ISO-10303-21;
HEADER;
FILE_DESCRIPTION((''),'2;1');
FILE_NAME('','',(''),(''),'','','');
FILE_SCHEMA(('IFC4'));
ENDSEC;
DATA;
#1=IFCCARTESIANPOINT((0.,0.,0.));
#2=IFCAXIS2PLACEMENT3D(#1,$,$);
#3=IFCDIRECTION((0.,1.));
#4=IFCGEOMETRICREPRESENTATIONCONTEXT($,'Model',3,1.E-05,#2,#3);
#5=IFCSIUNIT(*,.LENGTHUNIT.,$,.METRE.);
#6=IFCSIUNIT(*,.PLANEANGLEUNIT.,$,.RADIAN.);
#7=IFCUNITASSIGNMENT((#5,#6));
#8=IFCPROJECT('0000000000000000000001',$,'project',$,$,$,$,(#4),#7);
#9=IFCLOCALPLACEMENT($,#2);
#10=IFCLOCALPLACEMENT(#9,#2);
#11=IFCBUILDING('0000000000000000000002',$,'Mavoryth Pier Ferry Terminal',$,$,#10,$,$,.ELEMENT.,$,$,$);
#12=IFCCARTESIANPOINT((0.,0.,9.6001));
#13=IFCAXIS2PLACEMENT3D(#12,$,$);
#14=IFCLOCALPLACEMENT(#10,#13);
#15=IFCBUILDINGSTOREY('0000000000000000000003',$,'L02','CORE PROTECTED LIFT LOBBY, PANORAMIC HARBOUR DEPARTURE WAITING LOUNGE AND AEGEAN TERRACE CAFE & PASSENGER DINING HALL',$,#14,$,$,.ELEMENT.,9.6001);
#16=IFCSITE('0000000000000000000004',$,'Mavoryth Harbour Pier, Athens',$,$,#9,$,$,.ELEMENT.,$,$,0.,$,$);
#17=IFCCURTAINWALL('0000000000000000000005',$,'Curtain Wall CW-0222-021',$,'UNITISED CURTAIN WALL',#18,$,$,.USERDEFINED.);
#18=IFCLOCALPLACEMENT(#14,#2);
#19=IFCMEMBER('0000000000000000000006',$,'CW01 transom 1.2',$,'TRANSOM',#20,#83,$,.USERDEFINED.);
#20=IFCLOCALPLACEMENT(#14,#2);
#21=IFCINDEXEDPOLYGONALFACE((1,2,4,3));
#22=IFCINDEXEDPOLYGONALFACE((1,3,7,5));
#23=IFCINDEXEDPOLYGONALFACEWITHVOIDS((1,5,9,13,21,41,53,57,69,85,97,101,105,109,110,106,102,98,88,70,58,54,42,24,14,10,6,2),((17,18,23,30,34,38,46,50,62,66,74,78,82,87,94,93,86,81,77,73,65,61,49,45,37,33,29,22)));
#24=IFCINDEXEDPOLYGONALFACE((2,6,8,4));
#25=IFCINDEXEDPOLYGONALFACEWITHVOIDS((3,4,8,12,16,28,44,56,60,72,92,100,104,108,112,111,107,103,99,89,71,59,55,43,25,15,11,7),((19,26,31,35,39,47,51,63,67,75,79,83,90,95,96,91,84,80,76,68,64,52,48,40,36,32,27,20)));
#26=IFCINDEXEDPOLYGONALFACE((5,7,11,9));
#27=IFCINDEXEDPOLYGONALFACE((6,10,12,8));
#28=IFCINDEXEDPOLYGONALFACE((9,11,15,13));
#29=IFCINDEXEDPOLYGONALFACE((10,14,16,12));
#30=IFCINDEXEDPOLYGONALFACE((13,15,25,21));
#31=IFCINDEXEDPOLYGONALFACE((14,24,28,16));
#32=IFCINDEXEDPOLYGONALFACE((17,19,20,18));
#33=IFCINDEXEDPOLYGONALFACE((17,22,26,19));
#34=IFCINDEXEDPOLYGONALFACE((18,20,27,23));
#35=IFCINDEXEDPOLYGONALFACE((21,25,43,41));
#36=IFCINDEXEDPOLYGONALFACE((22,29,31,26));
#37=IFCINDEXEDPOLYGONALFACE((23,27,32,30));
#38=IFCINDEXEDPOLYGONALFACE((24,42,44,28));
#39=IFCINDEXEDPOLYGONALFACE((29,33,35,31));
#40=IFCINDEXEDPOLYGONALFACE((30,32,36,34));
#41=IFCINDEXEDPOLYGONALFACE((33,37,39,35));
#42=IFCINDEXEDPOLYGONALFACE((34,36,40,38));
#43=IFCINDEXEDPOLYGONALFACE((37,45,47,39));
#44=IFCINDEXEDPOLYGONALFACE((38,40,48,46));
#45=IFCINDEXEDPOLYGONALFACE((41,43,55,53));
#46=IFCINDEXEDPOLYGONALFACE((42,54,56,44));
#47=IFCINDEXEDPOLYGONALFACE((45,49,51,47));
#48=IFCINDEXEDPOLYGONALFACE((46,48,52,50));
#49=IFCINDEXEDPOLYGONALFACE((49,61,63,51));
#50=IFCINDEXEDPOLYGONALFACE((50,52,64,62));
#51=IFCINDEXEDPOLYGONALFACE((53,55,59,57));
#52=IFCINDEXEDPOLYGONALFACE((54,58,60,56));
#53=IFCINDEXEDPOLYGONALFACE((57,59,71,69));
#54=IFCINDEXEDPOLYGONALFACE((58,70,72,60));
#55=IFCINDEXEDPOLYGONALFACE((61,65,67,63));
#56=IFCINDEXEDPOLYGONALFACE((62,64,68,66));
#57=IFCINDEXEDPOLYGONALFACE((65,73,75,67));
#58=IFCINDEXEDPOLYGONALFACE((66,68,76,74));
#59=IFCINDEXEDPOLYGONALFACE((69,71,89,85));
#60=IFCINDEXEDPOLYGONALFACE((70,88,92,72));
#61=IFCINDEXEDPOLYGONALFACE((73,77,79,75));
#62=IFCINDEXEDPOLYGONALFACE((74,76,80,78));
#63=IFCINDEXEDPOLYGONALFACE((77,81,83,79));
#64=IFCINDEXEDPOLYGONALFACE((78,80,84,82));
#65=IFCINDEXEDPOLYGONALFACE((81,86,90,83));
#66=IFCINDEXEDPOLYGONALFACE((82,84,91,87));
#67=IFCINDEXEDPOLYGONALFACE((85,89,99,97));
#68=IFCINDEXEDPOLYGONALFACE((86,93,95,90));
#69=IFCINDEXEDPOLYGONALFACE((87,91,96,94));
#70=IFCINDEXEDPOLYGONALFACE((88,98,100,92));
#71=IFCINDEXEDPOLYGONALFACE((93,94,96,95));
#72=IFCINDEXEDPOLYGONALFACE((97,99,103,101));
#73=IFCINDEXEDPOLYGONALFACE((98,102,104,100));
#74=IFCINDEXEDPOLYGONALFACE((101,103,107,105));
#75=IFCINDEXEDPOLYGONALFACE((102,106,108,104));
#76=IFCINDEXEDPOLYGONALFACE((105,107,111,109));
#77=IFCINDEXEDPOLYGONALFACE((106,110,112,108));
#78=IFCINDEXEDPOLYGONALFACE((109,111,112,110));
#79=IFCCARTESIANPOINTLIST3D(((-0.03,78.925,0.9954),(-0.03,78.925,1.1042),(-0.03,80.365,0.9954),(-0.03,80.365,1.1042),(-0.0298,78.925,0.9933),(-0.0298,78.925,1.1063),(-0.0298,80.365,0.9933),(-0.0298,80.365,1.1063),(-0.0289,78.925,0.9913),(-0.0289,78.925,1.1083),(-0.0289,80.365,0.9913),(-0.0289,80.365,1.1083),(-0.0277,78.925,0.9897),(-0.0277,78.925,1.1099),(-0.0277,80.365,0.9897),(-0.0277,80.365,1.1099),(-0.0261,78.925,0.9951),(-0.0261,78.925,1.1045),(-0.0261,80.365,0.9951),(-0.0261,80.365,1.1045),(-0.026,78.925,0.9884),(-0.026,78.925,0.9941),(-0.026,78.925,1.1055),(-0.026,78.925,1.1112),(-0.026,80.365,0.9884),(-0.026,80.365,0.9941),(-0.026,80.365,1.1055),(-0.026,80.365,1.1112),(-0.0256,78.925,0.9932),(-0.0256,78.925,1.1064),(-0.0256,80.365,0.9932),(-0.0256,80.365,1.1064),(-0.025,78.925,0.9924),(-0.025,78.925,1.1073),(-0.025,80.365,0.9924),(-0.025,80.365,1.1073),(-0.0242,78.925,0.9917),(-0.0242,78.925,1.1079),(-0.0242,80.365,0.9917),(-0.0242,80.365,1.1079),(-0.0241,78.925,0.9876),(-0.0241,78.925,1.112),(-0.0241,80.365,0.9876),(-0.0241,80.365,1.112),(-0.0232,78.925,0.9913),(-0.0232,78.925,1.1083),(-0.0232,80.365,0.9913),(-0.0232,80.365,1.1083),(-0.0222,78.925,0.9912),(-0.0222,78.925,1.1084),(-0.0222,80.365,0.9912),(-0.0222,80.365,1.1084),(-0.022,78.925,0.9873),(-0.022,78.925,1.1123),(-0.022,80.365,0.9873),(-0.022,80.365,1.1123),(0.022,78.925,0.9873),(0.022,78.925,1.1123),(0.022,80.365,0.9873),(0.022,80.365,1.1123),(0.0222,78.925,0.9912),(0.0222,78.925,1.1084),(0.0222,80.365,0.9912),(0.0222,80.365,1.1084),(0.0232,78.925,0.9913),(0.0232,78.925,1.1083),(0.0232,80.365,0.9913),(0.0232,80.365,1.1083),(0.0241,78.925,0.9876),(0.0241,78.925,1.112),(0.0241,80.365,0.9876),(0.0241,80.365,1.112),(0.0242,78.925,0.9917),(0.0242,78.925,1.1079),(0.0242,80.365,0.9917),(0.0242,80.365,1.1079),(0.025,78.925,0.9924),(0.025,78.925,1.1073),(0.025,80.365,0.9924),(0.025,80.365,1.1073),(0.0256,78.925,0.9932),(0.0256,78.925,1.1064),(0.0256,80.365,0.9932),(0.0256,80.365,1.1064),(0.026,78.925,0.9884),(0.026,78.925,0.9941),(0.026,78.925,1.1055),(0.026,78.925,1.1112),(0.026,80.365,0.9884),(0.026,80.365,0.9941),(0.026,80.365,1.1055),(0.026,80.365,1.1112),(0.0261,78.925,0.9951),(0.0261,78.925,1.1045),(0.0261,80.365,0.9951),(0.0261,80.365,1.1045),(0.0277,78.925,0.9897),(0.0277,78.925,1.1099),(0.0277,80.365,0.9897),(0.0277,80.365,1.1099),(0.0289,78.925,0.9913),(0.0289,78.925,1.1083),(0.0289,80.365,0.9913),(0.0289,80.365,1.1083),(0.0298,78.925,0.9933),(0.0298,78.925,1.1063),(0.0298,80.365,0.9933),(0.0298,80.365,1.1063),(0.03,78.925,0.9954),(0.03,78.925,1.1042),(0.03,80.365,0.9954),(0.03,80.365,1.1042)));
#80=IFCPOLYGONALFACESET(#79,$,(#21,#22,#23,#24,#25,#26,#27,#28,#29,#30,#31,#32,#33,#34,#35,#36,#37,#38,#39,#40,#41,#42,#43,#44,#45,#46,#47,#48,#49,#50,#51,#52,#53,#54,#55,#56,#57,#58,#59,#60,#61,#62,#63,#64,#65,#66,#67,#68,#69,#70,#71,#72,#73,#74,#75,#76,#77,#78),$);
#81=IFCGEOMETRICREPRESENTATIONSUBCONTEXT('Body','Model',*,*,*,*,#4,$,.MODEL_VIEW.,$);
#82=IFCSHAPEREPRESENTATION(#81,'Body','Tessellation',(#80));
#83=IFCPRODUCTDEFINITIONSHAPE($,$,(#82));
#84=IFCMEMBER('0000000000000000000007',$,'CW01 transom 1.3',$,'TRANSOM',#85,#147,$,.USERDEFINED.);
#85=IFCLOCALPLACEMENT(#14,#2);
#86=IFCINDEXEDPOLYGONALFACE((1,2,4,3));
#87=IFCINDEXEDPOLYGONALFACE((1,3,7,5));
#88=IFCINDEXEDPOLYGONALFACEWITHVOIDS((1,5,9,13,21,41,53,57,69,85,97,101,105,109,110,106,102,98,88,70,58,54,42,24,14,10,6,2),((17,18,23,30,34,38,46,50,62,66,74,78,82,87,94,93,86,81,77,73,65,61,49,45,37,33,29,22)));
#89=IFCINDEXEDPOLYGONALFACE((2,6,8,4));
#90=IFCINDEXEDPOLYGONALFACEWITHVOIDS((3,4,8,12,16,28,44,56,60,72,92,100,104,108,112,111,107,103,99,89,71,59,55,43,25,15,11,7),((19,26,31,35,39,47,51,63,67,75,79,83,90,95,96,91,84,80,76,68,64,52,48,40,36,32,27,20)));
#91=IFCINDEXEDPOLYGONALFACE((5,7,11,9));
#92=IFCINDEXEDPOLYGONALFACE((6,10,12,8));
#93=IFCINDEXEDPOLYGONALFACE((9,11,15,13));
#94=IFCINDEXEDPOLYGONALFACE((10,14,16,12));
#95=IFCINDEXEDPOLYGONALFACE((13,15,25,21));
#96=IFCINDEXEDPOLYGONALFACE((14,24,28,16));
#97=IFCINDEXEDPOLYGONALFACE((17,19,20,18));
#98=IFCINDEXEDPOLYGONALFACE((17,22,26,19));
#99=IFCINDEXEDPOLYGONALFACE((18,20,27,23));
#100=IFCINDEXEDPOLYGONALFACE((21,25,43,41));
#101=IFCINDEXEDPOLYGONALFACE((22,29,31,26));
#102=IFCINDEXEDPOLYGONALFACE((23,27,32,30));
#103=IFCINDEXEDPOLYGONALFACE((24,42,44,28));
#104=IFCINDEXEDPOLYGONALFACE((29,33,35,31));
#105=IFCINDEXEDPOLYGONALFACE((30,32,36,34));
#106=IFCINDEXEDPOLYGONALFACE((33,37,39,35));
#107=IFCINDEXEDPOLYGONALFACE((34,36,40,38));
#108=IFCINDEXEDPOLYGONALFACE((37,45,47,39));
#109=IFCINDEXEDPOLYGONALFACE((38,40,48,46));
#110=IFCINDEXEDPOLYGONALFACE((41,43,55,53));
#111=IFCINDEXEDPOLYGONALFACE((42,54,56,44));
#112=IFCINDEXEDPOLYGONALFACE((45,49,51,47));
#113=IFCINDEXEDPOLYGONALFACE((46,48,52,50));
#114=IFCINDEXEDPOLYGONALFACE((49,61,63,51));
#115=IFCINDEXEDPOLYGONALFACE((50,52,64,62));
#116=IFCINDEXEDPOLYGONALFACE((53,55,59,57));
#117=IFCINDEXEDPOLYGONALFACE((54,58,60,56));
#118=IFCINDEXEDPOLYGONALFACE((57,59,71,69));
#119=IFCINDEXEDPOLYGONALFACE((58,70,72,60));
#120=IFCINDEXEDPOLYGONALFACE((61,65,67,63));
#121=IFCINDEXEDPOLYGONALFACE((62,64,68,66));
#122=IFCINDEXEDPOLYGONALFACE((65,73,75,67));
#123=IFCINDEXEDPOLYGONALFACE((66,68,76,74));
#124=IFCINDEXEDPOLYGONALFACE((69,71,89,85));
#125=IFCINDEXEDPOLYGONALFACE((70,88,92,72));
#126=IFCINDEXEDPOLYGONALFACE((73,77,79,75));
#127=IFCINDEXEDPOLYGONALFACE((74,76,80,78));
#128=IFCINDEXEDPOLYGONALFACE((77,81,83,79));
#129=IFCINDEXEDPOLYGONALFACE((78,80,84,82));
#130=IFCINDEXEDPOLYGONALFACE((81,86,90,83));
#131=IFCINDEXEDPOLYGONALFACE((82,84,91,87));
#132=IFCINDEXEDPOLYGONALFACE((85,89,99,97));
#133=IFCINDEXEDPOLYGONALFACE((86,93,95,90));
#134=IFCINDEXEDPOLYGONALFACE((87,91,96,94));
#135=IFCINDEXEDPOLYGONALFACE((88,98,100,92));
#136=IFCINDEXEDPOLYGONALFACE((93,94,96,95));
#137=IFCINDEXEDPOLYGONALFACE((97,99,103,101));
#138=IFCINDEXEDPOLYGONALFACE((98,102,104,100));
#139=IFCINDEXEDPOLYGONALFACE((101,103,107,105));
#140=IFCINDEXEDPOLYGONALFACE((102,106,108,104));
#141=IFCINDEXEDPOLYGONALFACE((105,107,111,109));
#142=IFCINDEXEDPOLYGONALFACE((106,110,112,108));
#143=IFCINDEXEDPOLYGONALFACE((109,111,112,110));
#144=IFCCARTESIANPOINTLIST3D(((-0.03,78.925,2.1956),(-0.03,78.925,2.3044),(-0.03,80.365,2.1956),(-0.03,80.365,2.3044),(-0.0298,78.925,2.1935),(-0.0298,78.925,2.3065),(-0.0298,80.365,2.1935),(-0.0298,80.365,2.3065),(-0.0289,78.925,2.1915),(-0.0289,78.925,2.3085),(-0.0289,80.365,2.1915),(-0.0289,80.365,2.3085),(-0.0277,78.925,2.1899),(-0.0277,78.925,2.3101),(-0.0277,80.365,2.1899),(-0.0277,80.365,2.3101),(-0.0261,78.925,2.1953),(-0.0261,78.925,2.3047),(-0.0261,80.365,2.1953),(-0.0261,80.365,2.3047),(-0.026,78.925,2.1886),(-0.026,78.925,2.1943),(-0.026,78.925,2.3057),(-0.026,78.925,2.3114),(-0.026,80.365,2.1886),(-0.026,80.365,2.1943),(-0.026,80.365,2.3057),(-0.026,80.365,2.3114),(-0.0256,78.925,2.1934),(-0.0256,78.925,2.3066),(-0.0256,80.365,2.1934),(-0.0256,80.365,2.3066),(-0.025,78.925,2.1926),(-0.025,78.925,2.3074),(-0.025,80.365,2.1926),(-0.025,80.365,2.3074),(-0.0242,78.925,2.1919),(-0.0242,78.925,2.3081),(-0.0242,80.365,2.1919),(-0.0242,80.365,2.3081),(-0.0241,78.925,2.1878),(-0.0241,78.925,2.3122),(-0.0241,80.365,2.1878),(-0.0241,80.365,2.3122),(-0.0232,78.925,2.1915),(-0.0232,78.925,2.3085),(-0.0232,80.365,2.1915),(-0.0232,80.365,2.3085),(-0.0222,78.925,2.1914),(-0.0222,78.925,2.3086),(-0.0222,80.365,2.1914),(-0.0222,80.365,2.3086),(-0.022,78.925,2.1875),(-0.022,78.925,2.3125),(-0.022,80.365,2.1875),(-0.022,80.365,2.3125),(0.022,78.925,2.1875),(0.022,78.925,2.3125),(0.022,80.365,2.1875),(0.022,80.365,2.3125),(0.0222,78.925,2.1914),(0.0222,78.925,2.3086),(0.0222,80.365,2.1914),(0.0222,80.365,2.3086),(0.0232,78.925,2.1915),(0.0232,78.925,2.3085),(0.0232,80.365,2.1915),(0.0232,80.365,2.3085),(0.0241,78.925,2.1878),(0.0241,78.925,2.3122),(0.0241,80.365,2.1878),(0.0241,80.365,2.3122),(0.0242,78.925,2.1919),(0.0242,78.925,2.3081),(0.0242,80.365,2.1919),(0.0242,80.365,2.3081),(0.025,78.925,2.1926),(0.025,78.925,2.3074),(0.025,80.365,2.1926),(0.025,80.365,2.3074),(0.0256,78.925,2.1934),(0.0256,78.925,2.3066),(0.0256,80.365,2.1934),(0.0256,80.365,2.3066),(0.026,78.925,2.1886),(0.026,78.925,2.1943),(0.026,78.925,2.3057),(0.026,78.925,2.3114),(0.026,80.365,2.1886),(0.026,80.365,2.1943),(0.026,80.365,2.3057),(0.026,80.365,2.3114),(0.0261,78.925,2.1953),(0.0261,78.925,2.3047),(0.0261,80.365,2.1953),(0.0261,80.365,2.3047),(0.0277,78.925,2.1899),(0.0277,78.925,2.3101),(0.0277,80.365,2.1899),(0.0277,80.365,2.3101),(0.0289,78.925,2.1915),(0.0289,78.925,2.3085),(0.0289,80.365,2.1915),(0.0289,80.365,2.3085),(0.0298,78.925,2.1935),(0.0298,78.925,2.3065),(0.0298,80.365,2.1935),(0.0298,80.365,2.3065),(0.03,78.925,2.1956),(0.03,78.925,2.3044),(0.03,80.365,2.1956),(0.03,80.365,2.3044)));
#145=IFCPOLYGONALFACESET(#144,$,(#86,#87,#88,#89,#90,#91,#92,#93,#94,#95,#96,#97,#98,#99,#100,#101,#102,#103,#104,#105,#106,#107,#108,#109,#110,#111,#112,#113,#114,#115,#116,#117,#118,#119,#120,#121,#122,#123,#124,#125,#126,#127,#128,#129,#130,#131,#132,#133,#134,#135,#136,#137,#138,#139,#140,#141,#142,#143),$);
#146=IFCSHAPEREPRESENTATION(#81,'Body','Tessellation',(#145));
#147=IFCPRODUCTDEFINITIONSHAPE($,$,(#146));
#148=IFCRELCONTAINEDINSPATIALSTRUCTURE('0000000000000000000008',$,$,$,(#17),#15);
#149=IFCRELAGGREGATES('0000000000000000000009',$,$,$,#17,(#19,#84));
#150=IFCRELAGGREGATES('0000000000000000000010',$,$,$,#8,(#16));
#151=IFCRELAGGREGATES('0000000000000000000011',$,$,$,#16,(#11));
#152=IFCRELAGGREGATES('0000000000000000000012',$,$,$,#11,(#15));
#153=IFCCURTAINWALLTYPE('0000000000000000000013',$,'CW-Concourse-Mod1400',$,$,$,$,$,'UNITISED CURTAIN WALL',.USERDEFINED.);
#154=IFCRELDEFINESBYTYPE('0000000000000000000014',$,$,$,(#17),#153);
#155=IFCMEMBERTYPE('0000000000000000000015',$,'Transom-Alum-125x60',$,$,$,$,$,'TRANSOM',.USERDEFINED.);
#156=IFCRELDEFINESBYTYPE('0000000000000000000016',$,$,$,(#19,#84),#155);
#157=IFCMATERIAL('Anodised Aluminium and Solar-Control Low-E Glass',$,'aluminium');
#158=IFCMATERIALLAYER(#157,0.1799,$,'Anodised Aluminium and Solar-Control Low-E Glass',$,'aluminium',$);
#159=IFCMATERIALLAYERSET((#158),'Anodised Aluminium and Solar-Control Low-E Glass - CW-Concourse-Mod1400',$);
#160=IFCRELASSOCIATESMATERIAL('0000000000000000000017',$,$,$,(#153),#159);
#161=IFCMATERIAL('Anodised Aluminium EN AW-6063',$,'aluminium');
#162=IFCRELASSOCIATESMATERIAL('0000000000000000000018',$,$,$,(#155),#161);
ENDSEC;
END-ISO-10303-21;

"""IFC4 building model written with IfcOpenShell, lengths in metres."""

from ifc_helpers import new_model, si_unit, direction, frame, origin, origin_2d, place, context, subcontext, project, spatial, hollow_rectangle, extrude, material, layer, layer_set, material_profile, profile_set, type_object, element, aggregate, save


model = new_model("IFC4")

# Units and contexts
model_context = context("Model", 3, precision=1e-05, world=origin(), true_north=direction((0.0, 1.0)))
body_context = subcontext(model_context, "Body", "Model", "MODEL_VIEW")
ifc_project = project(units=[si_unit("LENGTHUNIT", "METRE"), si_unit("PLANEANGLEUNIT", "RADIAN")], contexts=[model_context])

# Site, building, storey
site_placement = place(None, origin())
site = spatial("IfcSite", under=ifc_project, at=site_placement, Name="Mavoryth Harbour Pier, Athens", CompositionType="ELEMENT", RefElevation=0.0)
building_placement = place(site_placement, origin())
building = spatial("IfcBuilding", under=site, at=building_placement, Name="Mavoryth Pier Ferry Terminal", CompositionType="ELEMENT")
storey_placement = place(building_placement, frame((0.0, 0.0, 9.6001)))
storey = spatial("IfcBuildingStorey", under=building, at=storey_placement, Name="L02", Description="CORE PROTECTED LIFT LOBBY, PANORAMIC HARBOUR DEPARTURE WAITING LOUNGE AND AEGEAN TERRACE CAFE & PASSENGER DINING HALL", CompositionType="ELEMENT", Elevation=9.6001)

# Curtain wall
ifc_material_1 = material(Name="Anodised Aluminium and Solar-Control Low-E Glass", Category="aluminium")
ifc_layer_1 = layer(ifc_material_1, 0.1799, Name="Anodised Aluminium and Solar-Control Low-E Glass", Category="aluminium")
ifc_layer_set_1 = layer_set([ifc_layer_1], Name="Anodised Aluminium and Solar-Control Low-E Glass - CW-Concourse-Mod1400")
curtain_wall_type = type_object("IfcCurtainWallType", Name="CW-Concourse-Mod1400", ElementType="UNITISED CURTAIN WALL", PredefinedType="USERDEFINED", material=ifc_layer_set_1)
curtain_wall_1_placement = place(storey_placement, origin())
curtain_wall_1 = element("IfcCurtainWall", 1, at=curtain_wall_1_placement, inside=storey, type_object=curtain_wall_type, Name="Curtain Wall CW-0222-021", ObjectType="UNITISED CURTAIN WALL", PredefinedType="USERDEFINED")
ifc_material_2 = material(Name="Anodised Aluminium EN AW-6063", Category="aluminium")

# Members
ifc_material_profile_1 = material_profile(ifc_material_2, hollow_rectangle(XDim=0.0601, YDim=0.125, WallThickness=0.0039, InnerFilletRadius=0.0039, OuterFilletRadius=0.0081, at=origin_2d()), Name="AL-TRAN 125x60x4", Category="aluminium")
ifc_profile_set_1 = profile_set([ifc_material_profile_1], Name="Anodised Aluminium EN AW-6063 - AL-TRAN 125x60x4")
member_type_1 = type_object("IfcMemberType", Name="Transom-Alum-125x60", ElementType="TRANSOM", PredefinedType="USERDEFINED", material=ifc_profile_set_1)
member_1_placement = place(storey_placement, frame((0.0, 80.365, 1.0498), z_axis=(0.0, -1.0, 0.0), x_axis=(1.0, 0.0, 0.0)))
member_1 = element("IfcMember", 2, at=member_1_placement, type_object=member_type_1, Name="CW01 transom 1.2", ObjectType="TRANSOM", PredefinedType="USERDEFINED", context=body_context, shape_type="SweptSolid", body=[
    extrude(hollow_rectangle(XDim=0.0601, YDim=0.125, WallThickness=0.0039, InnerFilletRadius=0.0039, OuterFilletRadius=0.0081, at=origin_2d()), origin(), (0.0, 0.0, 1.0), 1.4399),
])
member_2_placement = place(storey_placement, frame((0.0, 80.365, 2.25), z_axis=(0.0, -1.0, 0.0), x_axis=(1.0, 0.0, 0.0)))
member_2 = element("IfcMember", 3, at=member_2_placement, type_object=member_type_1, Name="CW01 transom 1.3", ObjectType="TRANSOM", PredefinedType="USERDEFINED", context=body_context, shape_type="SweptSolid", body=[
    extrude(hollow_rectangle(XDim=0.0601, YDim=0.125, WallThickness=0.0039, InnerFilletRadius=0.0039, OuterFilletRadius=0.0081, at=origin_2d()), origin(), (0.0, 0.0, 1.0), 1.4399),
])
aggregate(curtain_wall_1, [member_1, member_2])

save(model, "model.ifc")
